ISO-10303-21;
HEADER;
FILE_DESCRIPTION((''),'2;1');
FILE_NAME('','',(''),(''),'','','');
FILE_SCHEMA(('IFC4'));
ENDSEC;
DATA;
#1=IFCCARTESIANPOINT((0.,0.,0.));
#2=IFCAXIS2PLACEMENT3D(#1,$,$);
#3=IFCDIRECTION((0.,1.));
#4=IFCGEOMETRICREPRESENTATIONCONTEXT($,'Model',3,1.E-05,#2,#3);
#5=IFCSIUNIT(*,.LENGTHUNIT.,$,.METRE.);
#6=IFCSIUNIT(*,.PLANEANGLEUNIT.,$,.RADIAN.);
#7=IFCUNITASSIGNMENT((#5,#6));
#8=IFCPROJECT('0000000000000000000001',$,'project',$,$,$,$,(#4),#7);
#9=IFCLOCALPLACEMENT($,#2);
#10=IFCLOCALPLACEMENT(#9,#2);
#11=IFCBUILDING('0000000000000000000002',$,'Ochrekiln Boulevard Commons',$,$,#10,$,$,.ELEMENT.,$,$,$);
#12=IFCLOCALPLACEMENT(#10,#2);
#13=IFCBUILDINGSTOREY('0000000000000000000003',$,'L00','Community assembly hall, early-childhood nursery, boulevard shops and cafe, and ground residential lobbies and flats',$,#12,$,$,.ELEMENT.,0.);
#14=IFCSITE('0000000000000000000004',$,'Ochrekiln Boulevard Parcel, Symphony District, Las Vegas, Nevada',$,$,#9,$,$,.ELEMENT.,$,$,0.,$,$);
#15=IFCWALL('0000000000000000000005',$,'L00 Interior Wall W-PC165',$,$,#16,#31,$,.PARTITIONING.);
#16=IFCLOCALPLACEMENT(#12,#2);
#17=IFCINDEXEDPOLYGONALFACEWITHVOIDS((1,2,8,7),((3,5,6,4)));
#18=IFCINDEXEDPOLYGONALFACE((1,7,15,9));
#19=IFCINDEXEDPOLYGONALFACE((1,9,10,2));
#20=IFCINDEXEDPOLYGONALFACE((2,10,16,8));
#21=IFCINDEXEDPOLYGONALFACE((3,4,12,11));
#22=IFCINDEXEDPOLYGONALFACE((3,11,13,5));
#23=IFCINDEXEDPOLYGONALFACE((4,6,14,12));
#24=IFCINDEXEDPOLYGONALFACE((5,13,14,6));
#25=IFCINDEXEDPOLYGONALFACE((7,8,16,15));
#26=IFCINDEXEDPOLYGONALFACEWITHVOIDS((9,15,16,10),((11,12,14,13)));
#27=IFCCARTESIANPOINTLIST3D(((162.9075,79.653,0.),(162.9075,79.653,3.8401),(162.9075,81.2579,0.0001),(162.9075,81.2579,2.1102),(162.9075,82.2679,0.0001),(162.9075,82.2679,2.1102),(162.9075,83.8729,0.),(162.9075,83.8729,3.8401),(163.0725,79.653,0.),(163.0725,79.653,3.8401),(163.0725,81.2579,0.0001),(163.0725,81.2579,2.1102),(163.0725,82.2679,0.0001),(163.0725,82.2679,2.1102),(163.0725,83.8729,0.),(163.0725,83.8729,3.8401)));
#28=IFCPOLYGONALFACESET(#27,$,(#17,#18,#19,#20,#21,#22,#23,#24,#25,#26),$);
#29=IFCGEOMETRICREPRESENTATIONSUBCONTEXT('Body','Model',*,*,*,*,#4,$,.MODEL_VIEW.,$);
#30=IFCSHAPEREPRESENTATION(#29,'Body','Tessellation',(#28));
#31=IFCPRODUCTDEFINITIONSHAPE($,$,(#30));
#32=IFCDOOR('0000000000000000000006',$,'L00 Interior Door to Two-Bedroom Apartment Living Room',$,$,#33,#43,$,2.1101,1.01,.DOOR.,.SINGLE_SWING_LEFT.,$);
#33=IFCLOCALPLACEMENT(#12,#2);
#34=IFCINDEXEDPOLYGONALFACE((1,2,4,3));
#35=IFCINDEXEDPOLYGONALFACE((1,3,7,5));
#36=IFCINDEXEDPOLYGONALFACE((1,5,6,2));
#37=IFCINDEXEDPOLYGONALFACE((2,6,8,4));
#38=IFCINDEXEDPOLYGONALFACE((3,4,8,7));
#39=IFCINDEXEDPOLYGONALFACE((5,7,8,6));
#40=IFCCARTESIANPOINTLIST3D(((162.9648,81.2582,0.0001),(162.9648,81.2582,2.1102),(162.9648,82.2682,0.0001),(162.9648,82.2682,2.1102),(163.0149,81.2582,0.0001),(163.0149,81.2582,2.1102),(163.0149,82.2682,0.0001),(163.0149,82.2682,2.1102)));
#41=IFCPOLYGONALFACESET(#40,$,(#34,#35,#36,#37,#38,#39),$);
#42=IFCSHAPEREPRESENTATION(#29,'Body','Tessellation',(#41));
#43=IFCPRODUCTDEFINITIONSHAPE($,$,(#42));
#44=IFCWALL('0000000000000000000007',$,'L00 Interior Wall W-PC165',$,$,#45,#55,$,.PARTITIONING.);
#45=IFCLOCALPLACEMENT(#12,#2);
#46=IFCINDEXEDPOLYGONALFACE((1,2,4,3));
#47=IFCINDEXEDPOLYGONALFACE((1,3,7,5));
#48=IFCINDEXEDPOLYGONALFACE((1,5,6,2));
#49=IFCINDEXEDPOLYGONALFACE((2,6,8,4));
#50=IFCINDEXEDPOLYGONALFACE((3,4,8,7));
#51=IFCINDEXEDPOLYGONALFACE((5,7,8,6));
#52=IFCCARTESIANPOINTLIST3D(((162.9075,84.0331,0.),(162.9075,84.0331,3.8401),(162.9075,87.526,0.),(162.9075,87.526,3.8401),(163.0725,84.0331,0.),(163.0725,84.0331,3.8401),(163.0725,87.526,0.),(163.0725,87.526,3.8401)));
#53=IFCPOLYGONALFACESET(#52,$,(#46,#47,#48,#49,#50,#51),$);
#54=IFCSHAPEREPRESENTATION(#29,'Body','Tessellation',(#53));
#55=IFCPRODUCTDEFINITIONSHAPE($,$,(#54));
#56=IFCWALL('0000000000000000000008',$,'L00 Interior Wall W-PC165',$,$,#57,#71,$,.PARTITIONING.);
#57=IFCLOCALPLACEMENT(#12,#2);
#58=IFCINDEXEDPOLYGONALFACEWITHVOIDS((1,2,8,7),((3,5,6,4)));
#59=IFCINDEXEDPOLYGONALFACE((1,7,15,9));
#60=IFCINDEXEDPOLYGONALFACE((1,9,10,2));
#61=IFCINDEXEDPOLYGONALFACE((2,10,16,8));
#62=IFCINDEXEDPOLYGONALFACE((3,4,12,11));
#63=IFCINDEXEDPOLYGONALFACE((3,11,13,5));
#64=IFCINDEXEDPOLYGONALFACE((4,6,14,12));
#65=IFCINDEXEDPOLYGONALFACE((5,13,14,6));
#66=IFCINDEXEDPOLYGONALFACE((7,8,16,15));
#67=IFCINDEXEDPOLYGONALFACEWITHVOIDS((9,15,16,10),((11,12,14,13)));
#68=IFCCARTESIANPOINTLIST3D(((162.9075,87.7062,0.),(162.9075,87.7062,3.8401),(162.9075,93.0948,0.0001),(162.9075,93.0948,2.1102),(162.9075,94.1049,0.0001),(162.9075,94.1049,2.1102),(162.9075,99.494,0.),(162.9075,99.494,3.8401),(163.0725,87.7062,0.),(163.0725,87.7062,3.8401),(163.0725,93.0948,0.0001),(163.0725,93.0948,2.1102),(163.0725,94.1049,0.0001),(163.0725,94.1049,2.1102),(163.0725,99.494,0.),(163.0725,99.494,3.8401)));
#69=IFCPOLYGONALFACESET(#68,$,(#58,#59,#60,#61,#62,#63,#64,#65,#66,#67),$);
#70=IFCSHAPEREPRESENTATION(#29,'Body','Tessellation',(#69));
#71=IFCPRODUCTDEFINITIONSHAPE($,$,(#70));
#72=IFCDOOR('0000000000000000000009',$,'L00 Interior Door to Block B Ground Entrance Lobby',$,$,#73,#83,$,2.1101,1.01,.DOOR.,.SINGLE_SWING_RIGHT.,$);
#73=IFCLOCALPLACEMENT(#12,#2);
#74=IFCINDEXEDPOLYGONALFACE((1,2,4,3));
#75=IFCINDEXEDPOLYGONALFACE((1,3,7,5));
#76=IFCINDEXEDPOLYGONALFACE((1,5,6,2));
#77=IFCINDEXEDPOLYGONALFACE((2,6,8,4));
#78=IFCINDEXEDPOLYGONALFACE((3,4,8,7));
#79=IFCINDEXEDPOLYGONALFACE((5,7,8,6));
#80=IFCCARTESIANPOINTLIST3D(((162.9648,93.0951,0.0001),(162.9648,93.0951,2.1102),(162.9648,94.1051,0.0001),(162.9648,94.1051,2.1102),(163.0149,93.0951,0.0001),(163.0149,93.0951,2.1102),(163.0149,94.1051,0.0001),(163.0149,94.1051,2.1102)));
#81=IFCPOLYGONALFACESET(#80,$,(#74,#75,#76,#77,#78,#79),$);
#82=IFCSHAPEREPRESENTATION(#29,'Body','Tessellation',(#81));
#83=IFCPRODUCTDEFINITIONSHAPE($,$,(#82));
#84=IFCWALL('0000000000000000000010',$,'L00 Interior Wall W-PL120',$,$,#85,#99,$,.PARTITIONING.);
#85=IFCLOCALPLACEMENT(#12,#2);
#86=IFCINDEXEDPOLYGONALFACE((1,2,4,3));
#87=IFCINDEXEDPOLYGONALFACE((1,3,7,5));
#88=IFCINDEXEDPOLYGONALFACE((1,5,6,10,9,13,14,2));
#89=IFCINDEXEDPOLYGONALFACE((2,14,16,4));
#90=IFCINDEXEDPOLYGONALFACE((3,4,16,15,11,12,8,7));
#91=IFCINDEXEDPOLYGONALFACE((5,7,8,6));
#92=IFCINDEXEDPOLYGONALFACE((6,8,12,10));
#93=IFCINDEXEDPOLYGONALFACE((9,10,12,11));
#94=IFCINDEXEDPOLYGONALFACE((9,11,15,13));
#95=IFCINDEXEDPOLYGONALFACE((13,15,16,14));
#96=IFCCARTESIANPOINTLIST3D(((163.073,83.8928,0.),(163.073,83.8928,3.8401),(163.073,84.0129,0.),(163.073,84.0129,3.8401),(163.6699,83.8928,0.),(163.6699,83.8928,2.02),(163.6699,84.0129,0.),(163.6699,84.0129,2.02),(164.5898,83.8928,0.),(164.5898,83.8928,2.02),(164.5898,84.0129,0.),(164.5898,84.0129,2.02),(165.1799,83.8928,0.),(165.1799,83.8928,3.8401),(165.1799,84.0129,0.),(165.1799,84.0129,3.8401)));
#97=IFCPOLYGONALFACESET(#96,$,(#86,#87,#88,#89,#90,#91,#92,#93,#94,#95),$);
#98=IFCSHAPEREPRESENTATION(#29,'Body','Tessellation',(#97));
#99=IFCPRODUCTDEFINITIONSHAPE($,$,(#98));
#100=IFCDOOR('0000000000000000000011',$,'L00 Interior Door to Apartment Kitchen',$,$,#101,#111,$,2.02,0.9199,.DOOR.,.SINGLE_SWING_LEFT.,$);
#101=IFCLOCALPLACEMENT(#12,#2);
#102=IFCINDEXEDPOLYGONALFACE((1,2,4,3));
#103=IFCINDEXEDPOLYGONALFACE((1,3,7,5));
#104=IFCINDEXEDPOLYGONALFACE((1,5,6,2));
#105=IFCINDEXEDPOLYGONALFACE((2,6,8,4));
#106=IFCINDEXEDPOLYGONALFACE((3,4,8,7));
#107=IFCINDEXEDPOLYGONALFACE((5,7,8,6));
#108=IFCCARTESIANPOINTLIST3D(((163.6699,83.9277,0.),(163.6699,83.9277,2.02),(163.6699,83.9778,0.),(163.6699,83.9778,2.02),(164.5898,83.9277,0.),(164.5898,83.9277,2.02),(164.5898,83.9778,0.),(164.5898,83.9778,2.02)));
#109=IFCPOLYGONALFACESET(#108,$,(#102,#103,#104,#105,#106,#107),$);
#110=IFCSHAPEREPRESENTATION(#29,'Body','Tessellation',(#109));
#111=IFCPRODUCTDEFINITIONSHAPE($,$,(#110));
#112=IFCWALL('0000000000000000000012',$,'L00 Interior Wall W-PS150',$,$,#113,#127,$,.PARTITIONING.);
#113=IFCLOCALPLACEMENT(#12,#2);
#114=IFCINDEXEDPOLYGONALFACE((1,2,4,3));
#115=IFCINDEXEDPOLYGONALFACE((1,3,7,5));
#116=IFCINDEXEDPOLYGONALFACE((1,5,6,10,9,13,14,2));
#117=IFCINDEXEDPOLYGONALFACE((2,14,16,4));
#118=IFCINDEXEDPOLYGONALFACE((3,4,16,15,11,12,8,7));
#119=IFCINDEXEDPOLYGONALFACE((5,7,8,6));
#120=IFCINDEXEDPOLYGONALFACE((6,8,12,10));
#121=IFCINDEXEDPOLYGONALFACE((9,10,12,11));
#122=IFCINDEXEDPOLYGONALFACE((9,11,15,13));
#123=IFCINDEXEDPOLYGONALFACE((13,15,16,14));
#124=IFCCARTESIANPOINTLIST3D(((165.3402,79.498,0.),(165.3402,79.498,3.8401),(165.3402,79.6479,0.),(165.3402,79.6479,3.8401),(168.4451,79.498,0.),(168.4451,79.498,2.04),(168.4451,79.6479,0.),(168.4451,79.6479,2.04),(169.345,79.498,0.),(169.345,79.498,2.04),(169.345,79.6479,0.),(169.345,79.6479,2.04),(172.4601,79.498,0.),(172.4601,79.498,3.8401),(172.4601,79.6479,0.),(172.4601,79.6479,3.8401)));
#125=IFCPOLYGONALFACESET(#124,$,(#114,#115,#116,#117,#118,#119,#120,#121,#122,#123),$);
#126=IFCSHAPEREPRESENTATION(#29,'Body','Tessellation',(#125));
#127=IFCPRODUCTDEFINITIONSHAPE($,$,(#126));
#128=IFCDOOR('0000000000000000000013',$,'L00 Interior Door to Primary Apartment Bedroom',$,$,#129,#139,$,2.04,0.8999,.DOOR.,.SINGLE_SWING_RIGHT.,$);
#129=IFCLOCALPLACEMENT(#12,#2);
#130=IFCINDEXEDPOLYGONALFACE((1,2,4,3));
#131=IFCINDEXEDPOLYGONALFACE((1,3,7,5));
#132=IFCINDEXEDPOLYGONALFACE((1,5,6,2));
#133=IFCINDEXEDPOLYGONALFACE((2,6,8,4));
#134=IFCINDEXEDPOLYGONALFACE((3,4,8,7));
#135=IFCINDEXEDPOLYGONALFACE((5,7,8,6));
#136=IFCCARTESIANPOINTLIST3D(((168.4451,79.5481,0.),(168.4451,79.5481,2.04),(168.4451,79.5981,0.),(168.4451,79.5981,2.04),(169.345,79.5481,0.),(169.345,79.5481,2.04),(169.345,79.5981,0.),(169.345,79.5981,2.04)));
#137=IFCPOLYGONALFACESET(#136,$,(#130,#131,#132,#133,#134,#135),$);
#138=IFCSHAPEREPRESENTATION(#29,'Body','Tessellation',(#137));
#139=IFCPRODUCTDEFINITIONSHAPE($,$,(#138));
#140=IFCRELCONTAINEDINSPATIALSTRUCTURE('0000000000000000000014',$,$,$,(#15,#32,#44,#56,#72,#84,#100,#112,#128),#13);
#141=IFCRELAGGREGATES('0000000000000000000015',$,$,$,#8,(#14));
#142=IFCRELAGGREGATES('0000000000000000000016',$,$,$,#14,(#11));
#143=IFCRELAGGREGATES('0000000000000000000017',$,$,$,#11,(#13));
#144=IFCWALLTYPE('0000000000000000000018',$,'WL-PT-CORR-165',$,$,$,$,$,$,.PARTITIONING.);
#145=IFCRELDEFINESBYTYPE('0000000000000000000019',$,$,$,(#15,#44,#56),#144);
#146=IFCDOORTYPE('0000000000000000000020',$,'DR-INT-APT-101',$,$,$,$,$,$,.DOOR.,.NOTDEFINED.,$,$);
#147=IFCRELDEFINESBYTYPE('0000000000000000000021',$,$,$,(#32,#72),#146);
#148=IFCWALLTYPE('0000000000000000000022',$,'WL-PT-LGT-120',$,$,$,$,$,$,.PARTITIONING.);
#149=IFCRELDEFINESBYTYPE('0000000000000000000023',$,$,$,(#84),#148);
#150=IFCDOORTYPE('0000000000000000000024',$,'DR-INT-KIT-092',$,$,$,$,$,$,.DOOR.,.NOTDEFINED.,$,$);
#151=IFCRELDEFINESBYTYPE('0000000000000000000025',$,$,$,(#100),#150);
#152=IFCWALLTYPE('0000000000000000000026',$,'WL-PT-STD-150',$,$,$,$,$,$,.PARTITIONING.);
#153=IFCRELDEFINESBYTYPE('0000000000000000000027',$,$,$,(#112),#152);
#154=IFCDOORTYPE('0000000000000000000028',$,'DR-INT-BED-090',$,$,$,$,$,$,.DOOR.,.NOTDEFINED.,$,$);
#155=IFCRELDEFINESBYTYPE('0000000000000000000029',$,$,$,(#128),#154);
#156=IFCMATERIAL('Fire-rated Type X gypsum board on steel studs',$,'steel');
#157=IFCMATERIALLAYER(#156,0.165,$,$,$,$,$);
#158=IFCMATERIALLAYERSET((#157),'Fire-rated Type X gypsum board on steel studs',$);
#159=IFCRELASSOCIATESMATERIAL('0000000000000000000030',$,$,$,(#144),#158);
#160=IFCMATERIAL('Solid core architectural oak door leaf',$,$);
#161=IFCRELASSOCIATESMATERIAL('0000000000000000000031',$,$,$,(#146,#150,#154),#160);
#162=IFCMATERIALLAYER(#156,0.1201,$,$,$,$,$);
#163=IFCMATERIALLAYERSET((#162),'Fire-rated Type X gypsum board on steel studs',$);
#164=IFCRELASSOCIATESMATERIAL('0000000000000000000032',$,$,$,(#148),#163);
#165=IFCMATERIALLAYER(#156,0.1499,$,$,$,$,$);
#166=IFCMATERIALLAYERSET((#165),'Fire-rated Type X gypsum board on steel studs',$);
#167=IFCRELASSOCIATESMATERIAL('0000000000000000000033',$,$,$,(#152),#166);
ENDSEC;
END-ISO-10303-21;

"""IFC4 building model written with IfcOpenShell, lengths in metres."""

from ifc_helpers import new_model, si_unit, direction, frame, frame_2d, origin, place, context, subcontext, project, spatial, rectangle, extrude, material, layer, layer_set, type_object, element, fill, save


model = new_model("IFC4")

# Units and contexts
model_context = context("Model", 3, precision=1e-05, world=origin(), true_north=direction((0.0, 1.0)))
body_context = subcontext(model_context, "Body", "Model", "MODEL_VIEW")
ifc_project = project(units=[si_unit("LENGTHUNIT", "METRE"), si_unit("PLANEANGLEUNIT", "RADIAN")], contexts=[model_context])

# Site, building, storey
site_placement = place(None, origin())
site = spatial("IfcSite", under=ifc_project, at=site_placement, Name="Ochrekiln Boulevard Parcel, Symphony District, Las Vegas, Nevada", CompositionType="ELEMENT", RefElevation=0.0)
building_placement = place(site_placement, origin())
building = spatial("IfcBuilding", under=site, at=building_placement, Name="Ochrekiln Boulevard Commons", CompositionType="ELEMENT")
storey_placement = place(building_placement, origin())
storey = spatial("IfcBuildingStorey", under=building, at=storey_placement, Name="L00", Description="Community assembly hall, early-childhood nursery, boulevard shops and cafe, and ground residential lobbies and flats", CompositionType="ELEMENT", Elevation=0.0)

# Shared definitions
ifc_material_1 = material(Name="Solid core architectural oak door leaf")

# Shared definitions
ifc_material_2 = material(Name="Fire-rated Type X gypsum board on steel studs", Category="steel")

# Wall, opening, door
ifc_layer_1 = layer(ifc_material_2, 0.165)
ifc_layer_set_1 = layer_set([ifc_layer_1], Name="Fire-rated Type X gypsum board on steel studs")
wall_type_1 = type_object("IfcWallType", Name="WL-PT-CORR-165", PredefinedType="PARTITIONING", material=ifc_layer_set_1)
wall_1_placement = place(storey_placement, frame((162.99, 79.6531, 0.0), z_axis=(0.0, 0.0, 1.0), x_axis=(0.0, 1.0, 0.0)))
wall_1 = element("IfcWall", 1, at=wall_1_placement, inside=storey, type_object=wall_type_1, Name="L00 Interior Wall W-PC165", PredefinedType="PARTITIONING", context=body_context, shape_type="SweptSolid", body=[
    extrude(rectangle(XDim=4.22, YDim=0.165, at=frame_2d((2.1099, 0.0))), origin(), (0.0, 0.0, 1.0), 3.8401),
])
opening_1_placement = place(wall_1_placement, frame((1.605, 0.0, 0.0)))
opening_1 = element("IfcOpeningElement", 2, at=opening_1_placement, cuts=wall_1, PredefinedType="OPENING", context=body_context, shape_type="SweptSolid", body=[
    extrude(rectangle(XDim=1.01, YDim=2.1101, at=frame_2d((0.5049, 1.0552))), frame((0.0, 0.0925, 0.0), z_axis=(0.0, -1.0, 0.0), x_axis=(1.0, 0.0, 0.0)), (0.0, 0.0, 1.0), 0.1851),
])
door_type_1 = type_object("IfcDoorType", Name="DR-INT-APT-101", OperationType="NOTDEFINED", PredefinedType="DOOR", material=ifc_material_1)
door_1_placement = place(opening_1_placement, frame((1.01, 0.0, 0.0), z_axis=(0.0, 0.0, 1.0), x_axis=(-1.0, 0.0, 0.0)))
door_1 = element("IfcDoor", 3, at=door_1_placement, inside=storey, type_object=door_type_1, Name="L00 Interior Door to Two-Bedroom Apartment Living Room", OperationType="SINGLE_SWING_LEFT", OverallHeight=2.1101, OverallWidth=1.01, PredefinedType="DOOR", context=body_context, shape_type="SweptSolid", body=[
    extrude(rectangle(XDim=1.01, YDim=2.1101, at=frame_2d((0.5049, 1.0552))), frame((0.0, 0.0249, 0.0), z_axis=(0.0, -1.0, 0.0), x_axis=(1.0, 0.0, 0.0)), (0.0, 0.0, 1.0), 0.05),
])
fill(opening_1, door_1)

# Wall
wall_2_placement = place(storey_placement, frame((162.99, 84.033, 0.0), z_axis=(0.0, 0.0, 1.0), x_axis=(0.0, 1.0, 0.0)))
element("IfcWall", 4, at=wall_2_placement, inside=storey, type_object=wall_type_1, Name="L00 Interior Wall W-PC165", PredefinedType="PARTITIONING", context=body_context, shape_type="SweptSolid", body=[
    extrude(rectangle(XDim=3.4929, YDim=0.165, at=frame_2d((1.7466, 0.0))), origin(), (0.0, 0.0, 1.0), 3.8401),
])

# Walls, openings, doors
wall_3_placement = place(storey_placement, frame((162.99, 87.7061, 0.0), z_axis=(0.0, 0.0, 1.0), x_axis=(0.0, 1.0, 0.0)))
wall_3 = element("IfcWall", 5, at=wall_3_placement, inside=storey, type_object=wall_type_1, Name="L00 Interior Wall W-PC165", PredefinedType="PARTITIONING", context=body_context, shape_type="SweptSolid", body=[
    extrude(rectangle(XDim=11.7878, YDim=0.165, at=frame_2d((5.894, 0.0))), origin(), (0.0, 0.0, 1.0), 3.8401),
])
opening_2_placement = place(wall_3_placement, frame((5.3889, 0.0, 0.0)))
opening_2 = element("IfcOpeningElement", 6, at=opening_2_placement, cuts=wall_3, PredefinedType="OPENING", context=body_context, shape_type="SweptSolid", body=[
    extrude(rectangle(XDim=1.01, YDim=2.1101, at=frame_2d((0.5049, 1.0552))), frame((0.0, 0.0925, 0.0), z_axis=(0.0, -1.0, 0.0), x_axis=(1.0, 0.0, 0.0)), (0.0, 0.0, 1.0), 0.1851),
])
door_2_placement = place(opening_2_placement, frame((1.01, 0.0, 0.0), z_axis=(0.0, 0.0, 1.0), x_axis=(-1.0, 0.0, 0.0)))
door_2 = element("IfcDoor", 7, at=door_2_placement, inside=storey, type_object=door_type_1, Name="L00 Interior Door to Block B Ground Entrance Lobby", OperationType="SINGLE_SWING_RIGHT", OverallHeight=2.1101, OverallWidth=1.01, PredefinedType="DOOR", context=body_context, shape_type="SweptSolid", body=[
    extrude(rectangle(XDim=1.01, YDim=2.1101, at=frame_2d((0.5049, 1.0552))), frame((0.0, 0.0249, 0.0), z_axis=(0.0, -1.0, 0.0), x_axis=(1.0, 0.0, 0.0)), (0.0, 0.0, 1.0), 0.05),
])
fill(opening_2, door_2)
ifc_layer_2 = layer(ifc_material_2, 0.1201)
ifc_layer_set_2 = layer_set([ifc_layer_2], Name="Fire-rated Type X gypsum board on steel studs")
wall_type_2 = type_object("IfcWallType", Name="WL-PT-LGT-120", PredefinedType="PARTITIONING", material=ifc_layer_set_2)
wall_4_placement = place(storey_placement, frame((163.073, 83.9529, 0.0), z_axis=(0.0, 0.0, 1.0), x_axis=(1.0, 0.0, 0.0)))
wall_4 = element("IfcWall", 8, at=wall_4_placement, inside=storey, type_object=wall_type_2, Name="L00 Interior Wall W-PL120", PredefinedType="PARTITIONING", context=body_context, shape_type="SweptSolid", body=[
    extrude(rectangle(XDim=2.1069, YDim=0.1201, at=frame_2d((1.0535, 0.0))), origin(), (0.0, 0.0, 1.0), 3.8401),
])
opening_3_placement = place(wall_4_placement, frame((0.5969, 0.0, 0.0)))
opening_3 = element("IfcOpeningElement", 9, at=opening_3_placement, cuts=wall_4, PredefinedType="OPENING", context=body_context, shape_type="SweptSolid", body=[
    extrude(rectangle(XDim=0.9199, YDim=2.02, at=frame_2d((0.46, 1.01))), frame((0.0, 0.0701, 0.0), z_axis=(0.0, -1.0, 0.0), x_axis=(1.0, 0.0, 0.0)), (0.0, 0.0, 1.0), 0.1401),
])
door_type_2 = type_object("IfcDoorType", Name="DR-INT-KIT-092", OperationType="NOTDEFINED", PredefinedType="DOOR", material=ifc_material_1)
door_3_placement = place(opening_3_placement, origin())
door_3 = element("IfcDoor", 10, at=door_3_placement, inside=storey, type_object=door_type_2, Name="L00 Interior Door to Apartment Kitchen", OperationType="SINGLE_SWING_LEFT", OverallHeight=2.02, OverallWidth=0.9199, PredefinedType="DOOR", context=body_context, shape_type="SweptSolid", body=[
    extrude(rectangle(XDim=0.9199, YDim=2.02, at=frame_2d((0.46, 1.01))), frame((0.0, 0.0249, 0.0), z_axis=(0.0, -1.0, 0.0), x_axis=(1.0, 0.0, 0.0)), (0.0, 0.0, 1.0), 0.05),
])
fill(opening_3, door_3)
ifc_layer_3 = layer(ifc_material_2, 0.1499)
ifc_layer_set_3 = layer_set([ifc_layer_3], Name="Fire-rated Type X gypsum board on steel studs")
wall_type_3 = type_object("IfcWallType", Name="WL-PT-STD-150", PredefinedType="PARTITIONING", material=ifc_layer_set_3)
wall_5_placement = place(storey_placement, frame((165.3401, 79.573, 0.0), z_axis=(0.0, 0.0, 1.0), x_axis=(1.0, 0.0, 0.0)))
wall_5 = element("IfcWall", 11, at=wall_5_placement, inside=storey, type_object=wall_type_3, Name="L00 Interior Wall W-PS150", PredefinedType="PARTITIONING", context=body_context, shape_type="SweptSolid", body=[
    extrude(rectangle(XDim=7.1199, YDim=0.1499, at=frame_2d((3.5601, 0.0))), origin(), (0.0, 0.0, 1.0), 3.8401),
])
opening_4_placement = place(wall_5_placement, frame((3.105, 0.0, 0.0)))
opening_4 = element("IfcOpeningElement", 12, at=opening_4_placement, cuts=wall_5, PredefinedType="OPENING", context=body_context, shape_type="SweptSolid", body=[
    extrude(rectangle(XDim=0.8999, YDim=2.04, at=frame_2d((0.45, 1.02))), frame((0.0, 0.085, 0.0), z_axis=(0.0, -1.0, 0.0), x_axis=(1.0, 0.0, 0.0)), (0.0, 0.0, 1.0), 0.1699),
])
door_type_3 = type_object("IfcDoorType", Name="DR-INT-BED-090", OperationType="NOTDEFINED", PredefinedType="DOOR", material=ifc_material_1)
door_4_placement = place(opening_4_placement, frame((0.8999, 0.0, 0.0), z_axis=(0.0, 0.0, 1.0), x_axis=(-1.0, 0.0, 0.0)))
door_4 = element("IfcDoor", 13, at=door_4_placement, inside=storey, type_object=door_type_3, Name="L00 Interior Door to Primary Apartment Bedroom", OperationType="SINGLE_SWING_RIGHT", OverallHeight=2.04, OverallWidth=0.8999, PredefinedType="DOOR", context=body_context, shape_type="SweptSolid", body=[
    extrude(rectangle(XDim=0.8999, YDim=2.04, at=frame_2d((0.45, 1.02))), frame((0.0, 0.0249, 0.0), z_axis=(0.0, -1.0, 0.0), x_axis=(1.0, 0.0, 0.0)), (0.0, 0.0, 1.0), 0.05),
])
fill(opening_4, door_4)

save(model, "model.ifc")
